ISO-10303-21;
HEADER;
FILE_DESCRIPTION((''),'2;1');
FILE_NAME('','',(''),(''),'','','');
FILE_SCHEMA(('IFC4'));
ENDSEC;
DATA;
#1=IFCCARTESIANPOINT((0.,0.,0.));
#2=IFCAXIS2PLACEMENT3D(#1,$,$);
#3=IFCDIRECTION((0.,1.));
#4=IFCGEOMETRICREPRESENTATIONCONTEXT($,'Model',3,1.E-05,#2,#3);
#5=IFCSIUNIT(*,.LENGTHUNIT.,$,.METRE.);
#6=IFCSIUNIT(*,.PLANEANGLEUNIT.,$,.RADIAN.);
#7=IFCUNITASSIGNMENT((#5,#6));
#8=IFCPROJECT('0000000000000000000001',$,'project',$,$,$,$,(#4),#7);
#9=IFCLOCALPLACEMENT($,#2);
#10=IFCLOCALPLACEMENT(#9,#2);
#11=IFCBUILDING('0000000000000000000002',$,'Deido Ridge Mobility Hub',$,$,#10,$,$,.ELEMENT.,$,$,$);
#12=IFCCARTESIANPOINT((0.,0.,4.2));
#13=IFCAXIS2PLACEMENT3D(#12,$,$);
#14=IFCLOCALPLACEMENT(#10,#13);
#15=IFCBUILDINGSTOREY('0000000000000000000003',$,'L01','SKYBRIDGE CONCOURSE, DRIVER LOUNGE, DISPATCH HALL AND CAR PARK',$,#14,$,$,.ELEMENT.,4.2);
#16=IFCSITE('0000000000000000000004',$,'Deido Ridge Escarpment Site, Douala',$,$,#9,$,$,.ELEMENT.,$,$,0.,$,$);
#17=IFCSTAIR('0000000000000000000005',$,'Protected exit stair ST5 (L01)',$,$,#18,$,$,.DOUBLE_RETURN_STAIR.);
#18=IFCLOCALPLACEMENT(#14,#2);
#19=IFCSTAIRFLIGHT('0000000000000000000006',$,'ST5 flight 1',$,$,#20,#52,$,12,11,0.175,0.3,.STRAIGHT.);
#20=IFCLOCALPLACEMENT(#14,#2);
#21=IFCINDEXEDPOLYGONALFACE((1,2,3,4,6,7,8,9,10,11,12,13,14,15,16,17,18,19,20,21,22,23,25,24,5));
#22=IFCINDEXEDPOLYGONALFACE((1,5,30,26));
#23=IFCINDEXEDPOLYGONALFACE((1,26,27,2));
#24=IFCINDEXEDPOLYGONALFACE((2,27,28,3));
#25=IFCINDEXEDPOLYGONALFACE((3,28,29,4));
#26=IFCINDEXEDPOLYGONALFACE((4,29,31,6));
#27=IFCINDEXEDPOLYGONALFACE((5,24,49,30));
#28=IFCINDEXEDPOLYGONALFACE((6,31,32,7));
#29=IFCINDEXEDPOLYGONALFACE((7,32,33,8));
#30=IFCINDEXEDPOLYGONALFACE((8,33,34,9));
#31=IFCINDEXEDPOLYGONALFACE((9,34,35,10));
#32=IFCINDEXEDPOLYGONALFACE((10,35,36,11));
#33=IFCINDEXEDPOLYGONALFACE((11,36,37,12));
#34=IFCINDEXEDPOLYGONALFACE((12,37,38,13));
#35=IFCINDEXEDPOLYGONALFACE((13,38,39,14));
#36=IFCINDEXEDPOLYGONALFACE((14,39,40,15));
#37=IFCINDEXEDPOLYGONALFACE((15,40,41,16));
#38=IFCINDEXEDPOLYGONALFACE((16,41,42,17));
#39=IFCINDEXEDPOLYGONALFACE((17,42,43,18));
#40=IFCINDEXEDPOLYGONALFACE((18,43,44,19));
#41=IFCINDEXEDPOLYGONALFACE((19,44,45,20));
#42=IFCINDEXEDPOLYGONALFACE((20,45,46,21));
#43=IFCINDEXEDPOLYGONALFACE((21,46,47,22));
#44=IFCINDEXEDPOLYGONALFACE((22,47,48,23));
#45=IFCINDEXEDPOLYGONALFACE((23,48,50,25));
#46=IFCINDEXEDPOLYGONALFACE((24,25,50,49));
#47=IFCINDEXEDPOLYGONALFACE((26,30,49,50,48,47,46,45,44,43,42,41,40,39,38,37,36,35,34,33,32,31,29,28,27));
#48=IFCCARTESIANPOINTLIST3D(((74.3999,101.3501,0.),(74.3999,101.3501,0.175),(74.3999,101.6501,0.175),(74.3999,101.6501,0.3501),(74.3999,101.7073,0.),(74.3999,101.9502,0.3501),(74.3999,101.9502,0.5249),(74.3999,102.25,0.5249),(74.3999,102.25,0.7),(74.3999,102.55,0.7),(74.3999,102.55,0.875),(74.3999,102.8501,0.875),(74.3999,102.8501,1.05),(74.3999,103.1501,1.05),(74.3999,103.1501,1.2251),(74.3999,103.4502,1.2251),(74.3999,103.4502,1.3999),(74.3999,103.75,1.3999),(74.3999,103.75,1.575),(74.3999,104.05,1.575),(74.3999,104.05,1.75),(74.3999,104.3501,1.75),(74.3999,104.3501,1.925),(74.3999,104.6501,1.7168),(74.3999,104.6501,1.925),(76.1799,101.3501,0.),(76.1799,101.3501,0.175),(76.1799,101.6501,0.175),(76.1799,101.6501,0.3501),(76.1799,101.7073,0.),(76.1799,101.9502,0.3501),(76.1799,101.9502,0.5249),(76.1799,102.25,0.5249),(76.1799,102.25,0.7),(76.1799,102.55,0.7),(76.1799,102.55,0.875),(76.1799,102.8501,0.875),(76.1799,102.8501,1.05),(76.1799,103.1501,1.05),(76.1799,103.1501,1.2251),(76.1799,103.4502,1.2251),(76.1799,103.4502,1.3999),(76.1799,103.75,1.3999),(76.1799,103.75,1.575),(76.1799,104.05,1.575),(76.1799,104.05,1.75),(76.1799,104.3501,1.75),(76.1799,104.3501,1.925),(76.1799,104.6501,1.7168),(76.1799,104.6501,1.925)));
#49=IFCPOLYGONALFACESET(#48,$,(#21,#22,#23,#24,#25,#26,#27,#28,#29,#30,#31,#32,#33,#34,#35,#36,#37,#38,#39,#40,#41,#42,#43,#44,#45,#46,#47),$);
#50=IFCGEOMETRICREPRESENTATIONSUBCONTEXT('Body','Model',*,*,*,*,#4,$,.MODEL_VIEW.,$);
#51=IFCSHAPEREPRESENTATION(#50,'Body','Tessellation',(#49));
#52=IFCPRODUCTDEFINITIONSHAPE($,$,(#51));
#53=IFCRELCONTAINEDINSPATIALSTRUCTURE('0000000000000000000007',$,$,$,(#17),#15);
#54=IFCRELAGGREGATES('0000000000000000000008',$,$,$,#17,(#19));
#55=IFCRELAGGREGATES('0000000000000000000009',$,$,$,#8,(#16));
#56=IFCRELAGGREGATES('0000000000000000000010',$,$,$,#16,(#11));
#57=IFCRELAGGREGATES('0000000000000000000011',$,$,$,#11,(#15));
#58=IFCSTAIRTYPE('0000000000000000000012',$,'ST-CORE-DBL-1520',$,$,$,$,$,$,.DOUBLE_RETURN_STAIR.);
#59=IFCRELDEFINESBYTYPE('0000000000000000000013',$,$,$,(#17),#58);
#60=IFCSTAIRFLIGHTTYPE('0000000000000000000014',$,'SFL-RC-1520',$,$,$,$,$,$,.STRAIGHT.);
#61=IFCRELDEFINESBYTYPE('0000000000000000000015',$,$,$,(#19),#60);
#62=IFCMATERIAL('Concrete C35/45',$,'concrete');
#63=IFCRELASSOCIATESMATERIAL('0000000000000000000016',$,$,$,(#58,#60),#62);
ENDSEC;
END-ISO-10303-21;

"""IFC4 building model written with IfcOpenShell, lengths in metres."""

from ifc_helpers import new_model, si_unit, direction, frame, origin, place, context, subcontext, project, spatial, polyline, outline, extrude, material, type_object, element, aggregate, save


model = new_model("IFC4")

# Units and contexts
model_context = context("Model", 3, precision=1e-05, world=origin(), true_north=direction((0.0, 1.0)))
body_context = subcontext(model_context, "Body", "Model", "MODEL_VIEW")
ifc_project = project(units=[si_unit("LENGTHUNIT", "METRE"), si_unit("PLANEANGLEUNIT", "RADIAN")], contexts=[model_context])

# Site, building, storey
site_placement = place(None, origin())
site = spatial("IfcSite", under=ifc_project, at=site_placement, Name="Deido Ridge Escarpment Site, Douala", CompositionType="ELEMENT", RefElevation=0.0)
building_placement = place(site_placement, origin())
building = spatial("IfcBuilding", under=site, at=building_placement, Name="Deido Ridge Mobility Hub", CompositionType="ELEMENT")
storey_placement = place(building_placement, frame((0.0, 0.0, 4.2)))
storey = spatial("IfcBuildingStorey", under=building, at=storey_placement, Name="L01", Description="SKYBRIDGE CONCOURSE, DRIVER LOUNGE, DISPATCH HALL AND CAR PARK", CompositionType="ELEMENT", Elevation=4.2)

# Stair, stair flight
ifc_material_1 = material(Name="Concrete C35/45", Category="concrete")
stair_type = type_object("IfcStairType", Name="ST-CORE-DBL-1520", PredefinedType="DOUBLE_RETURN_STAIR", material=ifc_material_1)
stair_placement = place(storey_placement, origin())
stair = element("IfcStair", 1, at=stair_placement, inside=storey, type_object=stair_type, Name="Protected exit stair ST5 (L01)", PredefinedType="DOUBLE_RETURN_STAIR")
stair_flight_type = type_object("IfcStairFlightType", Name="SFL-RC-1520", PredefinedType="STRAIGHT", material=ifc_material_1)
stair_flight_placement = place(storey_placement, frame((75.29, 101.3501, 0.0), z_axis=(0.0, 0.0, 1.0), x_axis=(0.0, 1.0, 0.0)))
stair_flight = element("IfcStairFlight", 2, at=stair_flight_placement, type_object=stair_flight_type, Name="ST5 flight 1", NumberOfRisers=12, NumberOfTreads=11, PredefinedType="STRAIGHT", RiserHeight=0.175, TreadLength=0.3, context=body_context, shape_type="SweptSolid", body=[
    extrude(outline(polyline([(0.0, 0.0), (0.0, 0.175), (0.3, 0.175), (0.3, 0.3501), (0.6001, 0.3501), (0.6001, 0.5249), (0.8999, 0.5249), (0.8999, 0.7), (1.2, 0.7), (1.2, 0.875), (1.5, 0.875), (1.5, 1.05), (1.8, 1.05), (1.8, 1.2251), (2.1001, 1.2251), (2.1001, 1.3999), (2.3999, 1.3999), (2.3999, 1.575), (2.7, 1.575), (2.7, 1.75), (3.0, 1.75), (3.0, 1.925), (3.3, 1.925), (3.3, 2.1001), (3.3, 1.7168), (0.3572, 0.0), (0.0, 0.0)])), frame((0.0, 0.8901, 0.0), z_axis=(0.0, -1.0, 0.0), x_axis=(1.0, 0.0, 0.0)), (0.0, 0.0, 1.0), 1.78),
])
aggregate(stair, [stair_flight])

save(model, "model.ifc")
